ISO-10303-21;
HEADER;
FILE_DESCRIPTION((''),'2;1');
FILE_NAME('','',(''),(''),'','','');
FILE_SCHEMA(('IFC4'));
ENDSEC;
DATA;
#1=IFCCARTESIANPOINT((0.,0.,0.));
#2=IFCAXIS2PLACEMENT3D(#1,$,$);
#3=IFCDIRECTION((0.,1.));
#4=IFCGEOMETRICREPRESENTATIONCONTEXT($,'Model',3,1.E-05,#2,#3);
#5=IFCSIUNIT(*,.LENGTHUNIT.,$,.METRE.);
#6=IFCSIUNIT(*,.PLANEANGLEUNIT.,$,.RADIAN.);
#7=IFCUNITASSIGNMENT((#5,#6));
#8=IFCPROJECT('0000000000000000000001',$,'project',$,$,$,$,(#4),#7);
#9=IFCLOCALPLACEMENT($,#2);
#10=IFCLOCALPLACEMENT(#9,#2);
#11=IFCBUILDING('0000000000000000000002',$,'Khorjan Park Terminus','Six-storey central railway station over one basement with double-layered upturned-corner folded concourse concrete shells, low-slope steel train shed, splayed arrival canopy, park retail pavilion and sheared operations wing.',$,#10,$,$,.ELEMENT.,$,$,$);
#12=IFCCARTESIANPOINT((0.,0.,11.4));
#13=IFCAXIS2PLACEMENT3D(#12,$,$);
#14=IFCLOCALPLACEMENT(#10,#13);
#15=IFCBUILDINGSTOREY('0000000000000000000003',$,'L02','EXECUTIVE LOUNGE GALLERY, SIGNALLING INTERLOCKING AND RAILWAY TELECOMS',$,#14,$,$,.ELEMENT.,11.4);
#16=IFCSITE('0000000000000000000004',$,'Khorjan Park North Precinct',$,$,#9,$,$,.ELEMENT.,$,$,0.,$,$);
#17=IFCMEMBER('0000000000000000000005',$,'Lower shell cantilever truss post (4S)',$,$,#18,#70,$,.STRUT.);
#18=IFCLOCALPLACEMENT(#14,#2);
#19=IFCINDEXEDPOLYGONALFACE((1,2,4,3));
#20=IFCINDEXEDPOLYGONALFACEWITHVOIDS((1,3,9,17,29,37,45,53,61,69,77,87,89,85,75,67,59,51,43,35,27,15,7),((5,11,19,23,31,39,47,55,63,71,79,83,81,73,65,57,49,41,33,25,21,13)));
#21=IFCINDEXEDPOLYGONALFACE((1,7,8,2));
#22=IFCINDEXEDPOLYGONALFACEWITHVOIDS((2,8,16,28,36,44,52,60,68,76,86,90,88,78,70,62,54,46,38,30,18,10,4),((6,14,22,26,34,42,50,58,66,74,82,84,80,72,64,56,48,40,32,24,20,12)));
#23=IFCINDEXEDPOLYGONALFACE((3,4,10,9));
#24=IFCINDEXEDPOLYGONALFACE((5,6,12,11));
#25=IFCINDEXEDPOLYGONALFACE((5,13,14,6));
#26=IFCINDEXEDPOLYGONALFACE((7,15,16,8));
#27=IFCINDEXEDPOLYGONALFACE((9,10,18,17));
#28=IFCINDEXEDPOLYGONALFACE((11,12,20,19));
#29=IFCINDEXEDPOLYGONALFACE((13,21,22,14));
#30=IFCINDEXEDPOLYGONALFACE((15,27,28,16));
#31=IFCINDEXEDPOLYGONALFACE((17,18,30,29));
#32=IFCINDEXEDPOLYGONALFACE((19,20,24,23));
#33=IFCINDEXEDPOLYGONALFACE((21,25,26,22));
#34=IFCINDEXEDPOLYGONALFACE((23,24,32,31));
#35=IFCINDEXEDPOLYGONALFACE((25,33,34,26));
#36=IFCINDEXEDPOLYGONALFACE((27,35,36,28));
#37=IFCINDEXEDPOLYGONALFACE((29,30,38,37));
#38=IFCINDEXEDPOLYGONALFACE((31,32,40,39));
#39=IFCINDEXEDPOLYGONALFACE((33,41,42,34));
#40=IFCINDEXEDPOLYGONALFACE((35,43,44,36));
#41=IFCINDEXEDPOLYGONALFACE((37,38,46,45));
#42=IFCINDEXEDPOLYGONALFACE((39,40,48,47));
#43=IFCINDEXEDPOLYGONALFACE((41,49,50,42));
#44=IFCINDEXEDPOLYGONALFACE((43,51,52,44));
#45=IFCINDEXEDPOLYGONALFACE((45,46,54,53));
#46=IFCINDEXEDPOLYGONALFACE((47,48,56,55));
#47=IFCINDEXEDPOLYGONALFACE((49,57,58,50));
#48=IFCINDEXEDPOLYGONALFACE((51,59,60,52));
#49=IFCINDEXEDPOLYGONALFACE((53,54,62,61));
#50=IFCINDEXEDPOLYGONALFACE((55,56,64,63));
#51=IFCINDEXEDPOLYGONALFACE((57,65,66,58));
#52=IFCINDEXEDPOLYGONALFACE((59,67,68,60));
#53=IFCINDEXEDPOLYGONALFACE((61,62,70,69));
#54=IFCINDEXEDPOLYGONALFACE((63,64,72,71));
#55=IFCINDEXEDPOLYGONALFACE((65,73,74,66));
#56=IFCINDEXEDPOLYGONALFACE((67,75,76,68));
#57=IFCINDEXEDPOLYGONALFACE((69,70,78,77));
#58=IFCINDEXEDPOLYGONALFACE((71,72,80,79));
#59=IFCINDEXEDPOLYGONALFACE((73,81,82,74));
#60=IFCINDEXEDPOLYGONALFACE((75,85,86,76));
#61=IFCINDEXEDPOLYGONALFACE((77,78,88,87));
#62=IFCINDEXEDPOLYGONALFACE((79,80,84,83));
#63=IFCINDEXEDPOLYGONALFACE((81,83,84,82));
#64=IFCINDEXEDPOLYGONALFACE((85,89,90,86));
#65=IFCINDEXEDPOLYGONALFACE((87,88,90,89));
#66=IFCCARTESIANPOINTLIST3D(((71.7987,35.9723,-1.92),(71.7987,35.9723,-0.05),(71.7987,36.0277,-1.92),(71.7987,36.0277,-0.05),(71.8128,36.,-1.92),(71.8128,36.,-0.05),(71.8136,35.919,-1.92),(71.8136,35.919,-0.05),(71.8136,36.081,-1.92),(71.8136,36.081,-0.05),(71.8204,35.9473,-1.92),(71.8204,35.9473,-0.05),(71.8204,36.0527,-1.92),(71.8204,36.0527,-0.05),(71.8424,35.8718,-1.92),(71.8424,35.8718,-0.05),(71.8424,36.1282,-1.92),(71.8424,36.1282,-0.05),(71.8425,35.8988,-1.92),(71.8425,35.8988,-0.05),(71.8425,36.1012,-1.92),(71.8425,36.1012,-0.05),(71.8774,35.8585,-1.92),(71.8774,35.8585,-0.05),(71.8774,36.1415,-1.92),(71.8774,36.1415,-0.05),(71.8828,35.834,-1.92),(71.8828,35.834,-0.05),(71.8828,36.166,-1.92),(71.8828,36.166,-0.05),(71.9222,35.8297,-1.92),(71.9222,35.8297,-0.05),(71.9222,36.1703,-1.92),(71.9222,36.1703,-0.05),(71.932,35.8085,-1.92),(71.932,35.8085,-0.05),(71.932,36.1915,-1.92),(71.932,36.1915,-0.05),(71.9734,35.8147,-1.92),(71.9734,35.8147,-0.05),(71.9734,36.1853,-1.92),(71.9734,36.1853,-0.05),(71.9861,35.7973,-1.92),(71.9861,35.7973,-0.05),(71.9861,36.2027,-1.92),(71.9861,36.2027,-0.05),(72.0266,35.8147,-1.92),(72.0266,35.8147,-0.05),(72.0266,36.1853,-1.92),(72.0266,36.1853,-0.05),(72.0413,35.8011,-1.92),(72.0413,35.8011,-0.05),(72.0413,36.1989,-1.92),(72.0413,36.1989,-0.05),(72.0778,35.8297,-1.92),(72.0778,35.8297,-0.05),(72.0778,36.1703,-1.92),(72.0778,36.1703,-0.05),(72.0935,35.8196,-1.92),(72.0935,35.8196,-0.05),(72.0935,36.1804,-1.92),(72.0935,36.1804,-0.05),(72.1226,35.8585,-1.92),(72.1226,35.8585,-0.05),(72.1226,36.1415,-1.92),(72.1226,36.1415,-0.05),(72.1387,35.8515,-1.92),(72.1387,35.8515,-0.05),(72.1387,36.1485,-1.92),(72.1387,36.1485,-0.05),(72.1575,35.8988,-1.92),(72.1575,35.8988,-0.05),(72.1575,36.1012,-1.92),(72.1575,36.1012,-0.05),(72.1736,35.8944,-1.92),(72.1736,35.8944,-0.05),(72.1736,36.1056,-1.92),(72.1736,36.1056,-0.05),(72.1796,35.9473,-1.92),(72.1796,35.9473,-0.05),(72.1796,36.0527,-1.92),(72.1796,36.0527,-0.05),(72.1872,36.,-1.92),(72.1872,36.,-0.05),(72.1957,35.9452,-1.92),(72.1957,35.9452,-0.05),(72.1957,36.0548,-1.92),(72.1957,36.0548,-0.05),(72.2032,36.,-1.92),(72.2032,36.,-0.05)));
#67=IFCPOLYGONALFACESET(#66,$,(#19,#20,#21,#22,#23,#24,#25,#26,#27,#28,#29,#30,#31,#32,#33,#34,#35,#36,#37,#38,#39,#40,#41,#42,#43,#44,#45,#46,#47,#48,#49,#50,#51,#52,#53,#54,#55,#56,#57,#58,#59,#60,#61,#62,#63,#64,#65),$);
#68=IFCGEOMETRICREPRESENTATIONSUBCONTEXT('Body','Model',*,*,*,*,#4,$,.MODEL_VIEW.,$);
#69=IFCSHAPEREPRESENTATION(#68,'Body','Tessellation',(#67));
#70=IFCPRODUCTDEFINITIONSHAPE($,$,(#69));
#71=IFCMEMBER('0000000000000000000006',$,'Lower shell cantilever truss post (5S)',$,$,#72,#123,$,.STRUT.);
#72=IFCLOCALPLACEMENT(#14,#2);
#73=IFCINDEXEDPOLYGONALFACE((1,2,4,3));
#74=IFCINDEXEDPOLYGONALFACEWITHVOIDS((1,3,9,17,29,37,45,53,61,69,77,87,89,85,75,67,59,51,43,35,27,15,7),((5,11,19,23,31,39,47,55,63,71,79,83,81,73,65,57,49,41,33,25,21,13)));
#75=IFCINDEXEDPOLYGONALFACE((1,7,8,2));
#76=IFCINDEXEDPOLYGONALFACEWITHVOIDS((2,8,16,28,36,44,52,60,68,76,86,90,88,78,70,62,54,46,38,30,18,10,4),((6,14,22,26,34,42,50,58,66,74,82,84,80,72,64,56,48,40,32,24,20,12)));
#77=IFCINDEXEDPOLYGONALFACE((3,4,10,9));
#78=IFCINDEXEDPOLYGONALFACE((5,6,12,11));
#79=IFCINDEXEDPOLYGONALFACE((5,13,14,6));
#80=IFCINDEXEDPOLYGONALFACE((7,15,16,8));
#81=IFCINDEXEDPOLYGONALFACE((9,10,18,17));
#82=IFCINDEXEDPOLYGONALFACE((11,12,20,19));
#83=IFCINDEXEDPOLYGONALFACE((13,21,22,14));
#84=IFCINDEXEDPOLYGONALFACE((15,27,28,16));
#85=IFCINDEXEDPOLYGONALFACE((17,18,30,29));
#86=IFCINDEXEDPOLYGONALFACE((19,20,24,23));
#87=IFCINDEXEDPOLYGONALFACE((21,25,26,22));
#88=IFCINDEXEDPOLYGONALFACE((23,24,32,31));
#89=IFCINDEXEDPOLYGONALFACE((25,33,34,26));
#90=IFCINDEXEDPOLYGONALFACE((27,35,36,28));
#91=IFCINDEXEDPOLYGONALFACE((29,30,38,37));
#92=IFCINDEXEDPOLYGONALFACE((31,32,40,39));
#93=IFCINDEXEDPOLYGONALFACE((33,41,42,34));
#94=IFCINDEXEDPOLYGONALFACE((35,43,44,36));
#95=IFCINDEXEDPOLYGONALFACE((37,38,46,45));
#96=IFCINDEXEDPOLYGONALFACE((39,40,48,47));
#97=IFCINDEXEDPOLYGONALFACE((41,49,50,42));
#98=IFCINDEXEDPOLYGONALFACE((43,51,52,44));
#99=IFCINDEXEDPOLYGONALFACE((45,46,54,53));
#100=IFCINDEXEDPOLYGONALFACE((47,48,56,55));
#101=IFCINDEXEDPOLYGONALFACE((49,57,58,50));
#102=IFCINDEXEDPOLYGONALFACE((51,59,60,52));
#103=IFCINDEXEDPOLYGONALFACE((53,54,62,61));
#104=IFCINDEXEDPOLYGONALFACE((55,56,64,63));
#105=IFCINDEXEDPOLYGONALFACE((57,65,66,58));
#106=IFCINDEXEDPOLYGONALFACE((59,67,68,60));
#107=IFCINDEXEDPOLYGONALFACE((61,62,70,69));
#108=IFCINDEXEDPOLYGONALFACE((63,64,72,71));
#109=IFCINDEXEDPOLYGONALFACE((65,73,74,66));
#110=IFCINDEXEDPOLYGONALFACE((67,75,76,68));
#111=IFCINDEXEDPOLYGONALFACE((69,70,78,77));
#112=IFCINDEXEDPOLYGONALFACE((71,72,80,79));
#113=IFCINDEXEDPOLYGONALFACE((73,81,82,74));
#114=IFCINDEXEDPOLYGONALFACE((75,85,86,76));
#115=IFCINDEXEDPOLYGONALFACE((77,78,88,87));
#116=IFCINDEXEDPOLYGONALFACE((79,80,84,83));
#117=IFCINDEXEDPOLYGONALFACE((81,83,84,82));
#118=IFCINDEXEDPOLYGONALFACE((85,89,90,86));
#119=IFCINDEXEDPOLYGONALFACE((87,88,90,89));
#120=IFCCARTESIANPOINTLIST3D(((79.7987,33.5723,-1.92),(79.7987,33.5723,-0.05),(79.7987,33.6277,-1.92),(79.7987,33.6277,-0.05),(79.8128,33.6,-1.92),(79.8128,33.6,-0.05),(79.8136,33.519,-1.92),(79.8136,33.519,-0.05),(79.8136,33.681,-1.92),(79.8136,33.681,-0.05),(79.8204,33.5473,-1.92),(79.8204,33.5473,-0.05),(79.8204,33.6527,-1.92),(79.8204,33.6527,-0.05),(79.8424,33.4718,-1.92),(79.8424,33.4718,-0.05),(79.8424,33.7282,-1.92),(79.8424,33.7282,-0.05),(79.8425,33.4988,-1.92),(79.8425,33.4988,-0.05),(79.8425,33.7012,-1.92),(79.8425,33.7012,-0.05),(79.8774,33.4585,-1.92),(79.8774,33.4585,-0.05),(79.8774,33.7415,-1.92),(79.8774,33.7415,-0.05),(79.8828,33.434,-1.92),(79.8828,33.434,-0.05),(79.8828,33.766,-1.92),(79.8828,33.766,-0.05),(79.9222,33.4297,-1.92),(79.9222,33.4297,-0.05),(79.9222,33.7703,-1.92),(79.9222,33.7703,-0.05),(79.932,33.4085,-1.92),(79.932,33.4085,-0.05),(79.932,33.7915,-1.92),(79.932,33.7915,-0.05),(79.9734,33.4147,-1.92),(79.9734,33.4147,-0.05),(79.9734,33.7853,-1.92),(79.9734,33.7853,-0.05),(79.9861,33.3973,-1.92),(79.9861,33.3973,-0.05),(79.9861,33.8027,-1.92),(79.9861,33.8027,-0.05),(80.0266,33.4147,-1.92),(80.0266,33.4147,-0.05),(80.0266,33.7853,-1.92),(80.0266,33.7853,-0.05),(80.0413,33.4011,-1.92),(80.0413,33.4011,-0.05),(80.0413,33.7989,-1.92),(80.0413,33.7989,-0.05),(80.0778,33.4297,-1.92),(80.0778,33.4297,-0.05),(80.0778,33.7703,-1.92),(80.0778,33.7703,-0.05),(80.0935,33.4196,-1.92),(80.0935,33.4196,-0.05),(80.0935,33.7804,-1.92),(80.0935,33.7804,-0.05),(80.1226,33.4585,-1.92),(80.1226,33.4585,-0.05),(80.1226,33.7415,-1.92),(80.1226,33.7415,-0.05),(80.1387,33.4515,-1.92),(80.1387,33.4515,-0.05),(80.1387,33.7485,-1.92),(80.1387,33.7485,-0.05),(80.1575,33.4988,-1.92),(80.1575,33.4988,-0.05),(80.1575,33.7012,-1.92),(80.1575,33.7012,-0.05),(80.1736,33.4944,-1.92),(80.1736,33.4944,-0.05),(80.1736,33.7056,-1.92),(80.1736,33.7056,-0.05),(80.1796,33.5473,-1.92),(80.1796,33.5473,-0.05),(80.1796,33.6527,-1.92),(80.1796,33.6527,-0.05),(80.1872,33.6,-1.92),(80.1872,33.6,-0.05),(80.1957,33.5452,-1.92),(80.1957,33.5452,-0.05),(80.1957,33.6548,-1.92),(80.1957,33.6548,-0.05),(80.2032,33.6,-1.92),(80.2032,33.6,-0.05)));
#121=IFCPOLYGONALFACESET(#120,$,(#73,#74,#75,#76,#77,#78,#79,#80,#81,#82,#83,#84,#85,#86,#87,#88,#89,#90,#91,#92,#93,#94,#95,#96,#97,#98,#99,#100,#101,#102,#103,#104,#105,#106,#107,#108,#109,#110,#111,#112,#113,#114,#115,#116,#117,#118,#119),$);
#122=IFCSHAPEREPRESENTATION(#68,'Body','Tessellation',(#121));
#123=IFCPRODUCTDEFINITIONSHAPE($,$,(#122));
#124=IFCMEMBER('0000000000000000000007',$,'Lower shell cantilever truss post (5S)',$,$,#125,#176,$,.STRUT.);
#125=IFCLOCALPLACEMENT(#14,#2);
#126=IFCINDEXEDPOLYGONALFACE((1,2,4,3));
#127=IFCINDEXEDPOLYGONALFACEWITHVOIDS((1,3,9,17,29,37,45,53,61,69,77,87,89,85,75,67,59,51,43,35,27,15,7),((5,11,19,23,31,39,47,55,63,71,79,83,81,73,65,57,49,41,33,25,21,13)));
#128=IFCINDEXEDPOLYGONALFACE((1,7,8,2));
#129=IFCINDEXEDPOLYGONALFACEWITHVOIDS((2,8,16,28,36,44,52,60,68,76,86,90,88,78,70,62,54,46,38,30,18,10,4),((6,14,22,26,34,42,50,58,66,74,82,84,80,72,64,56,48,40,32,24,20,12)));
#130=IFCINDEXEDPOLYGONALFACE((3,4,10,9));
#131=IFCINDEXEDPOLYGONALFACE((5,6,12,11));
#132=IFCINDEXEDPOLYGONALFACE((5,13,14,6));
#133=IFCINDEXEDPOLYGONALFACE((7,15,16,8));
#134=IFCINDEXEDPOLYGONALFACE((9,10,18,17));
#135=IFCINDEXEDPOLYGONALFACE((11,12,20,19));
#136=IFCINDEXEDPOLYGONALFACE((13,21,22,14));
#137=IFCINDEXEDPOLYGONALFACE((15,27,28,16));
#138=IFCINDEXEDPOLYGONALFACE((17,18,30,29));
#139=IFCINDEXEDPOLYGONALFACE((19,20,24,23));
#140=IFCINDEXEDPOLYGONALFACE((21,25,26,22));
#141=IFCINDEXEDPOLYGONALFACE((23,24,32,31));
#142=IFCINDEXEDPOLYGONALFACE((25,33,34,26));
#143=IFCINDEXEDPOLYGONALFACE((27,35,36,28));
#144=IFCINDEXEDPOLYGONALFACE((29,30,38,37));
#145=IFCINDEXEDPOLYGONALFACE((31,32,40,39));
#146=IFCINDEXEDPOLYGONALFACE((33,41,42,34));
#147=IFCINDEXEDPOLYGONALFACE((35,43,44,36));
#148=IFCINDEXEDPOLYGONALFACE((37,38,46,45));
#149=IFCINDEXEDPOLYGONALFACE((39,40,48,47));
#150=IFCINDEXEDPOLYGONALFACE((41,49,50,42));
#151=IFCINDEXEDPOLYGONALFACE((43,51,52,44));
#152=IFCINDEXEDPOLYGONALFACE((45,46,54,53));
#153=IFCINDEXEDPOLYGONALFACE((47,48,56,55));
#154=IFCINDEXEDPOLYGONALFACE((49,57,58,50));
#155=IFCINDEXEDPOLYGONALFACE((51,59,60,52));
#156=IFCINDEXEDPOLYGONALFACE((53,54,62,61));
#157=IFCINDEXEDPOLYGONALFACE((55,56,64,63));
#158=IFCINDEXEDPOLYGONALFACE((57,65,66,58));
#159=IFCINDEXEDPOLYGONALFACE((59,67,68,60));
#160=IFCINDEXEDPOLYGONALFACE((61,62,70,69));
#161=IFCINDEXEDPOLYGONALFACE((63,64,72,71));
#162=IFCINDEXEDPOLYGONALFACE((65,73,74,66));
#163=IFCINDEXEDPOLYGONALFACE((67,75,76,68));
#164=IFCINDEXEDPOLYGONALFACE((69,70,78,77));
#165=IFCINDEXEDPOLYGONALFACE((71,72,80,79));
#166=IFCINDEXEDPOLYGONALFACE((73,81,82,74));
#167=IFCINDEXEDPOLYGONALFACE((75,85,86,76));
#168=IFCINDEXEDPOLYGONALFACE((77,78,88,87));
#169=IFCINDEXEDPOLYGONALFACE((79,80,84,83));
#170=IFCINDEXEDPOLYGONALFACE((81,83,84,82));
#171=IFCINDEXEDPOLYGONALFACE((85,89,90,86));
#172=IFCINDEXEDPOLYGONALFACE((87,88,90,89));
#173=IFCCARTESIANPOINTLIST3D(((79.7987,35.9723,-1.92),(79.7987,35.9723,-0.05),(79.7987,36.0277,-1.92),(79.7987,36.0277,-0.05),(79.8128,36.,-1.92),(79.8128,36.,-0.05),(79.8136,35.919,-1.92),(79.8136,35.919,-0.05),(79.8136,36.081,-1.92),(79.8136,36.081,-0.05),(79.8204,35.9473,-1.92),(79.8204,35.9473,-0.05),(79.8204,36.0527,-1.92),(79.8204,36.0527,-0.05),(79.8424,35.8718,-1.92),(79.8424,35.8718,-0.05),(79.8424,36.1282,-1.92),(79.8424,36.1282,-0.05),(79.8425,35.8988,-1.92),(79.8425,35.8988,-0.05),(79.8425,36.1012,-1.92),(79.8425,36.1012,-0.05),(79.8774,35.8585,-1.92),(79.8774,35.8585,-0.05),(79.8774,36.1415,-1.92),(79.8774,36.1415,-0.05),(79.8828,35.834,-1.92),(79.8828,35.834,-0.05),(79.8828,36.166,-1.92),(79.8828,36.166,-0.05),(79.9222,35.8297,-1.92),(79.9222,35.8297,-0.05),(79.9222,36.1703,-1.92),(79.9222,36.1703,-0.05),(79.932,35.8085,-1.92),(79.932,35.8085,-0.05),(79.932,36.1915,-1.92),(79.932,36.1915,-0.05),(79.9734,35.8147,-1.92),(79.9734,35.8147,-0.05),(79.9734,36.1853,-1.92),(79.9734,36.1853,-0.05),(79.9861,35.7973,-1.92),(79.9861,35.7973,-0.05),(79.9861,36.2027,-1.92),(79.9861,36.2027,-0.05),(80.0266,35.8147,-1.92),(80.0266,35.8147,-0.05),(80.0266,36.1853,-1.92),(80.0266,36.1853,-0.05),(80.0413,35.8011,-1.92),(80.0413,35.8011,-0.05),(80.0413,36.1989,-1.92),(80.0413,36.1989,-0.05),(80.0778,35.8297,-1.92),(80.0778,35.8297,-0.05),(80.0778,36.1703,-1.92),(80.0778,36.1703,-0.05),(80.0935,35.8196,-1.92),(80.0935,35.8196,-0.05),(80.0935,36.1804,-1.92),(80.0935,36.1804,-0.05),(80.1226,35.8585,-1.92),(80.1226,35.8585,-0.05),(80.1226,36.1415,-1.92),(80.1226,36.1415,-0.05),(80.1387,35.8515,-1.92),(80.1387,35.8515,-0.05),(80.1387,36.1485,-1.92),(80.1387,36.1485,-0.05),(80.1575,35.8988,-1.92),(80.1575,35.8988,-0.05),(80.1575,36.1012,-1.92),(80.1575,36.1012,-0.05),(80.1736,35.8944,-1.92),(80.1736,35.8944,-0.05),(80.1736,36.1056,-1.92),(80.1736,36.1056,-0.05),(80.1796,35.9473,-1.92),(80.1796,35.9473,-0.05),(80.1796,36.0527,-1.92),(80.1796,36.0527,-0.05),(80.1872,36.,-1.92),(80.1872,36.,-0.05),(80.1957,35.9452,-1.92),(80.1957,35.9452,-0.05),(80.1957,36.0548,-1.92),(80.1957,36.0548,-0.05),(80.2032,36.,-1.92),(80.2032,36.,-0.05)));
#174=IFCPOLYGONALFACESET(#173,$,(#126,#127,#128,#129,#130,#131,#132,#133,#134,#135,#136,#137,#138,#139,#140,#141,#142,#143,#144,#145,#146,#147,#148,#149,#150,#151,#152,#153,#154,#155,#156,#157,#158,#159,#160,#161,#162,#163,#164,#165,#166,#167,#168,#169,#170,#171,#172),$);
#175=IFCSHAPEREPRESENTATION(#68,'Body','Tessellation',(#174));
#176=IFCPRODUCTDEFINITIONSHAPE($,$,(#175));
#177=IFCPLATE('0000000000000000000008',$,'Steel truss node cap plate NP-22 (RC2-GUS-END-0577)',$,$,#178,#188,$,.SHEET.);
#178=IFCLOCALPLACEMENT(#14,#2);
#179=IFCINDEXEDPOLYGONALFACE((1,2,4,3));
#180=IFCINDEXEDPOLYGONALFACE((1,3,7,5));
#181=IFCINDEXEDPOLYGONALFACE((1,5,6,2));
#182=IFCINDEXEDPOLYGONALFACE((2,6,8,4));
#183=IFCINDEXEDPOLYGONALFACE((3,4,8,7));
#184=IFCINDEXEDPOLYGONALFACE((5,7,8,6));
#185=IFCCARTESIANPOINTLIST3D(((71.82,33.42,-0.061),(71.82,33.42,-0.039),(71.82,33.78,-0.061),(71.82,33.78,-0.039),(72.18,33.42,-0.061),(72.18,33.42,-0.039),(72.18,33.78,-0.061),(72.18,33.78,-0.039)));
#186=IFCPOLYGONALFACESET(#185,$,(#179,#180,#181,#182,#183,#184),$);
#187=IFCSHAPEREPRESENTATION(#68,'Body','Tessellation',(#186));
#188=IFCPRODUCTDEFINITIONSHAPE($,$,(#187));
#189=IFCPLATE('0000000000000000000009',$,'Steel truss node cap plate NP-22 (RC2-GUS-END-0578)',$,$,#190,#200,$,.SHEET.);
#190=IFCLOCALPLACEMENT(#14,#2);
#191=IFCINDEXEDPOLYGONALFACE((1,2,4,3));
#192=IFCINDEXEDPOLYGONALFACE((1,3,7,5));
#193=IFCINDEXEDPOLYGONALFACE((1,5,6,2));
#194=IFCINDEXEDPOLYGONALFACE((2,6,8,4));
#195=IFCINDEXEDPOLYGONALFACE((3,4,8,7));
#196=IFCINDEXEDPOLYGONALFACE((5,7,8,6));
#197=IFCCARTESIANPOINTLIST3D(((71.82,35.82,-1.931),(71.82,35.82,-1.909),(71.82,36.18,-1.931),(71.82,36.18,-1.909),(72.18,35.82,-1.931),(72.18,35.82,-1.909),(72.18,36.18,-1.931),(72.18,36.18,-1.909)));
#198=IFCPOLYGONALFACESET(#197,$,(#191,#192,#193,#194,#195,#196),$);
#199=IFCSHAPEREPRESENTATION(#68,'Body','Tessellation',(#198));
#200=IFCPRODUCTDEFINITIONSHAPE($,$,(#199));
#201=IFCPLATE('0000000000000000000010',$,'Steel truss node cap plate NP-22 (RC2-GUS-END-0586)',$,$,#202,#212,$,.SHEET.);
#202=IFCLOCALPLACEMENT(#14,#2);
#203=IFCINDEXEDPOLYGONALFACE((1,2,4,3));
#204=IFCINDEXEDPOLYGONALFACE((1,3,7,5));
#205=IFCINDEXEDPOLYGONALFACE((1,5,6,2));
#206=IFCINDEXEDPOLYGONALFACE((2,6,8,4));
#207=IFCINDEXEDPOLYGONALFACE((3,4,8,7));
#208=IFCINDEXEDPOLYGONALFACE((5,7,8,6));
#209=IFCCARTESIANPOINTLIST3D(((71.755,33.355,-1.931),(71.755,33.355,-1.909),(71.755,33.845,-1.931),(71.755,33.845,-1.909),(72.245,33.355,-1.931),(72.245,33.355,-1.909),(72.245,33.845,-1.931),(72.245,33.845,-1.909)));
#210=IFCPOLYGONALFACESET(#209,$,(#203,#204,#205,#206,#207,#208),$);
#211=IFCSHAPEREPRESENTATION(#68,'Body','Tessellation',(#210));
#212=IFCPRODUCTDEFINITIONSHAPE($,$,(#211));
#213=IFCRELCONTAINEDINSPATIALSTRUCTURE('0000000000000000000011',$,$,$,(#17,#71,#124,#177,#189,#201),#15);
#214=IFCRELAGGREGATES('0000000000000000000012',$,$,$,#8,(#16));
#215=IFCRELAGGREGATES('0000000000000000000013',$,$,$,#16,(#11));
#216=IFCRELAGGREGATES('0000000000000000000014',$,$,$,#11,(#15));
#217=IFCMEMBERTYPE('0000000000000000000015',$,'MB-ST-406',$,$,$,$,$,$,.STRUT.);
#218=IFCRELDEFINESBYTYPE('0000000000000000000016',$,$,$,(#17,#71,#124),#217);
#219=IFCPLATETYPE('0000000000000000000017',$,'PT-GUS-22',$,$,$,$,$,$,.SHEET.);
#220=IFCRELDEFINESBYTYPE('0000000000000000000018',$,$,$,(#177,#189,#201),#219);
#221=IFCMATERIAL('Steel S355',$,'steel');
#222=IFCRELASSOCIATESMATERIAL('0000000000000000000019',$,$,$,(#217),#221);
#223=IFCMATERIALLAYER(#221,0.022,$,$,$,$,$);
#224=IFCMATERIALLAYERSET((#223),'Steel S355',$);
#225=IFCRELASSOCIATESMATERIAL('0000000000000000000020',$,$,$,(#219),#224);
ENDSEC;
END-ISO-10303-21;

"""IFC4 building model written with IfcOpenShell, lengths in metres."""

from ifc_helpers import new_model, si_unit, direction, frame, origin, origin_2d, place, context, subcontext, project, spatial, rectangle, hollow_circle, extrude, material, layer, layer_set, material_profile, profile_set, type_object, element, save


model = new_model("IFC4")

# Units and contexts
model_context = context("Model", 3, precision=1e-05, world=origin(), true_north=direction((0.0, 1.0)))
body_context = subcontext(model_context, "Body", "Model", "MODEL_VIEW")
ifc_project = project(units=[si_unit("LENGTHUNIT", "METRE"), si_unit("PLANEANGLEUNIT", "RADIAN")], contexts=[model_context])

# Site, building, storey
site_placement = place(None, origin())
site = spatial("IfcSite", under=ifc_project, at=site_placement, Name="Khorjan Park North Precinct", CompositionType="ELEMENT", RefElevation=0.0)
building_placement = place(site_placement, origin())
building = spatial("IfcBuilding", under=site, at=building_placement, Name="Khorjan Park Terminus", Description="Six-storey central railway station over one basement with double-layered upturned-corner folded concourse concrete shells, low-slope steel train shed, splayed arrival canopy, park retail pavilion and sheared operations wing.", CompositionType="ELEMENT")
storey_placement = place(building_placement, frame((0.0, 0.0, 11.4)))
storey = spatial("IfcBuildingStorey", under=building, at=storey_placement, Name="L02", Description="EXECUTIVE LOUNGE GALLERY, SIGNALLING INTERLOCKING AND RAILWAY TELECOMS", CompositionType="ELEMENT", Elevation=11.4)

# Shared definitions
ifc_material_1 = material(Name="Steel S355", Category="steel")

# Members
ifc_material_profile_1 = material_profile(ifc_material_1, hollow_circle(Radius=0.2032, WallThickness=0.016, at=origin_2d()), Name="CHS 406.4x16")
ifc_profile_set_1 = profile_set([ifc_material_profile_1], Name="Steel S355")
member_type_1 = type_object("IfcMemberType", Name="MB-ST-406", PredefinedType="STRUT", material=ifc_profile_set_1)
for number, where, z_axis, x_axis, name in (
    (1, (72.0, 36.0, -1.92), (0.0, 0.0, 1.0), (1.0, 0.0, 0.0), "Lower shell cantilever truss post (4S)"),
    (2, (80.0, 33.6, -1.92), (0.0, 0.0, 1.0), (1.0, 0.0, 0.0), "Lower shell cantilever truss post (5S)"),
    (3, (80.0, 36.0, -1.92), (0.0, 0.0, 1.0), (1.0, 0.0, 0.0), "Lower shell cantilever truss post (5S)"),
):
    element("IfcMember", number, at=place(storey_placement, frame(where, z_axis=z_axis, x_axis=x_axis)), inside=storey, type_object=member_type_1, Name=name, PredefinedType="STRUT", context=body_context, shape_type="SweptSolid", body=[
        extrude(hollow_circle(Radius=0.2032, WallThickness=0.016, at=origin_2d()), origin(), (0.0, 0.0, 1.0), 1.87),
    ])

# Plates
ifc_layer_1 = layer(ifc_material_1, 0.022)
ifc_layer_set_1 = layer_set([ifc_layer_1], Name="Steel S355")
plate_type = type_object("IfcPlateType", Name="PT-GUS-22", PredefinedType="SHEET", material=ifc_layer_set_1)
for number, where, z_axis, x_axis, name in (
    (4, (72.0, 33.6, -0.061), (0.0, 0.0, 1.0), (1.0, 0.0, 0.0), "Steel truss node cap plate NP-22 (RC2-GUS-END-0577)"),
    (5, (72.0, 36.0, -1.931), (0.0, 0.0, 1.0), (1.0, 0.0, 0.0), "Steel truss node cap plate NP-22 (RC2-GUS-END-0578)"),
):
    element("IfcPlate", number, at=place(storey_placement, frame(where, z_axis=z_axis, x_axis=x_axis)), inside=storey, type_object=plate_type, Name=name, PredefinedType="SHEET", context=body_context, shape_type="SweptSolid", body=[
        extrude(rectangle(XDim=0.36, YDim=0.36, at=origin_2d()), origin(), (0.0, 0.0, 1.0), 0.022),
    ])
for number, where, z_axis, x_axis, name in (
    (6, (72.0, 33.6, -1.931), (0.0, 0.0, 1.0), (1.0, 0.0, 0.0), "Steel truss node cap plate NP-22 (RC2-GUS-END-0586)"),
):
    element("IfcPlate", number, at=place(storey_placement, frame(where, z_axis=z_axis, x_axis=x_axis)), inside=storey, type_object=plate_type, Name=name, PredefinedType="SHEET", context=body_context, shape_type="SweptSolid", body=[
        extrude(rectangle(XDim=0.49, YDim=0.49, at=origin_2d()), origin(), (0.0, 0.0, 1.0), 0.022),
    ])

save(model, "model.ifc")
